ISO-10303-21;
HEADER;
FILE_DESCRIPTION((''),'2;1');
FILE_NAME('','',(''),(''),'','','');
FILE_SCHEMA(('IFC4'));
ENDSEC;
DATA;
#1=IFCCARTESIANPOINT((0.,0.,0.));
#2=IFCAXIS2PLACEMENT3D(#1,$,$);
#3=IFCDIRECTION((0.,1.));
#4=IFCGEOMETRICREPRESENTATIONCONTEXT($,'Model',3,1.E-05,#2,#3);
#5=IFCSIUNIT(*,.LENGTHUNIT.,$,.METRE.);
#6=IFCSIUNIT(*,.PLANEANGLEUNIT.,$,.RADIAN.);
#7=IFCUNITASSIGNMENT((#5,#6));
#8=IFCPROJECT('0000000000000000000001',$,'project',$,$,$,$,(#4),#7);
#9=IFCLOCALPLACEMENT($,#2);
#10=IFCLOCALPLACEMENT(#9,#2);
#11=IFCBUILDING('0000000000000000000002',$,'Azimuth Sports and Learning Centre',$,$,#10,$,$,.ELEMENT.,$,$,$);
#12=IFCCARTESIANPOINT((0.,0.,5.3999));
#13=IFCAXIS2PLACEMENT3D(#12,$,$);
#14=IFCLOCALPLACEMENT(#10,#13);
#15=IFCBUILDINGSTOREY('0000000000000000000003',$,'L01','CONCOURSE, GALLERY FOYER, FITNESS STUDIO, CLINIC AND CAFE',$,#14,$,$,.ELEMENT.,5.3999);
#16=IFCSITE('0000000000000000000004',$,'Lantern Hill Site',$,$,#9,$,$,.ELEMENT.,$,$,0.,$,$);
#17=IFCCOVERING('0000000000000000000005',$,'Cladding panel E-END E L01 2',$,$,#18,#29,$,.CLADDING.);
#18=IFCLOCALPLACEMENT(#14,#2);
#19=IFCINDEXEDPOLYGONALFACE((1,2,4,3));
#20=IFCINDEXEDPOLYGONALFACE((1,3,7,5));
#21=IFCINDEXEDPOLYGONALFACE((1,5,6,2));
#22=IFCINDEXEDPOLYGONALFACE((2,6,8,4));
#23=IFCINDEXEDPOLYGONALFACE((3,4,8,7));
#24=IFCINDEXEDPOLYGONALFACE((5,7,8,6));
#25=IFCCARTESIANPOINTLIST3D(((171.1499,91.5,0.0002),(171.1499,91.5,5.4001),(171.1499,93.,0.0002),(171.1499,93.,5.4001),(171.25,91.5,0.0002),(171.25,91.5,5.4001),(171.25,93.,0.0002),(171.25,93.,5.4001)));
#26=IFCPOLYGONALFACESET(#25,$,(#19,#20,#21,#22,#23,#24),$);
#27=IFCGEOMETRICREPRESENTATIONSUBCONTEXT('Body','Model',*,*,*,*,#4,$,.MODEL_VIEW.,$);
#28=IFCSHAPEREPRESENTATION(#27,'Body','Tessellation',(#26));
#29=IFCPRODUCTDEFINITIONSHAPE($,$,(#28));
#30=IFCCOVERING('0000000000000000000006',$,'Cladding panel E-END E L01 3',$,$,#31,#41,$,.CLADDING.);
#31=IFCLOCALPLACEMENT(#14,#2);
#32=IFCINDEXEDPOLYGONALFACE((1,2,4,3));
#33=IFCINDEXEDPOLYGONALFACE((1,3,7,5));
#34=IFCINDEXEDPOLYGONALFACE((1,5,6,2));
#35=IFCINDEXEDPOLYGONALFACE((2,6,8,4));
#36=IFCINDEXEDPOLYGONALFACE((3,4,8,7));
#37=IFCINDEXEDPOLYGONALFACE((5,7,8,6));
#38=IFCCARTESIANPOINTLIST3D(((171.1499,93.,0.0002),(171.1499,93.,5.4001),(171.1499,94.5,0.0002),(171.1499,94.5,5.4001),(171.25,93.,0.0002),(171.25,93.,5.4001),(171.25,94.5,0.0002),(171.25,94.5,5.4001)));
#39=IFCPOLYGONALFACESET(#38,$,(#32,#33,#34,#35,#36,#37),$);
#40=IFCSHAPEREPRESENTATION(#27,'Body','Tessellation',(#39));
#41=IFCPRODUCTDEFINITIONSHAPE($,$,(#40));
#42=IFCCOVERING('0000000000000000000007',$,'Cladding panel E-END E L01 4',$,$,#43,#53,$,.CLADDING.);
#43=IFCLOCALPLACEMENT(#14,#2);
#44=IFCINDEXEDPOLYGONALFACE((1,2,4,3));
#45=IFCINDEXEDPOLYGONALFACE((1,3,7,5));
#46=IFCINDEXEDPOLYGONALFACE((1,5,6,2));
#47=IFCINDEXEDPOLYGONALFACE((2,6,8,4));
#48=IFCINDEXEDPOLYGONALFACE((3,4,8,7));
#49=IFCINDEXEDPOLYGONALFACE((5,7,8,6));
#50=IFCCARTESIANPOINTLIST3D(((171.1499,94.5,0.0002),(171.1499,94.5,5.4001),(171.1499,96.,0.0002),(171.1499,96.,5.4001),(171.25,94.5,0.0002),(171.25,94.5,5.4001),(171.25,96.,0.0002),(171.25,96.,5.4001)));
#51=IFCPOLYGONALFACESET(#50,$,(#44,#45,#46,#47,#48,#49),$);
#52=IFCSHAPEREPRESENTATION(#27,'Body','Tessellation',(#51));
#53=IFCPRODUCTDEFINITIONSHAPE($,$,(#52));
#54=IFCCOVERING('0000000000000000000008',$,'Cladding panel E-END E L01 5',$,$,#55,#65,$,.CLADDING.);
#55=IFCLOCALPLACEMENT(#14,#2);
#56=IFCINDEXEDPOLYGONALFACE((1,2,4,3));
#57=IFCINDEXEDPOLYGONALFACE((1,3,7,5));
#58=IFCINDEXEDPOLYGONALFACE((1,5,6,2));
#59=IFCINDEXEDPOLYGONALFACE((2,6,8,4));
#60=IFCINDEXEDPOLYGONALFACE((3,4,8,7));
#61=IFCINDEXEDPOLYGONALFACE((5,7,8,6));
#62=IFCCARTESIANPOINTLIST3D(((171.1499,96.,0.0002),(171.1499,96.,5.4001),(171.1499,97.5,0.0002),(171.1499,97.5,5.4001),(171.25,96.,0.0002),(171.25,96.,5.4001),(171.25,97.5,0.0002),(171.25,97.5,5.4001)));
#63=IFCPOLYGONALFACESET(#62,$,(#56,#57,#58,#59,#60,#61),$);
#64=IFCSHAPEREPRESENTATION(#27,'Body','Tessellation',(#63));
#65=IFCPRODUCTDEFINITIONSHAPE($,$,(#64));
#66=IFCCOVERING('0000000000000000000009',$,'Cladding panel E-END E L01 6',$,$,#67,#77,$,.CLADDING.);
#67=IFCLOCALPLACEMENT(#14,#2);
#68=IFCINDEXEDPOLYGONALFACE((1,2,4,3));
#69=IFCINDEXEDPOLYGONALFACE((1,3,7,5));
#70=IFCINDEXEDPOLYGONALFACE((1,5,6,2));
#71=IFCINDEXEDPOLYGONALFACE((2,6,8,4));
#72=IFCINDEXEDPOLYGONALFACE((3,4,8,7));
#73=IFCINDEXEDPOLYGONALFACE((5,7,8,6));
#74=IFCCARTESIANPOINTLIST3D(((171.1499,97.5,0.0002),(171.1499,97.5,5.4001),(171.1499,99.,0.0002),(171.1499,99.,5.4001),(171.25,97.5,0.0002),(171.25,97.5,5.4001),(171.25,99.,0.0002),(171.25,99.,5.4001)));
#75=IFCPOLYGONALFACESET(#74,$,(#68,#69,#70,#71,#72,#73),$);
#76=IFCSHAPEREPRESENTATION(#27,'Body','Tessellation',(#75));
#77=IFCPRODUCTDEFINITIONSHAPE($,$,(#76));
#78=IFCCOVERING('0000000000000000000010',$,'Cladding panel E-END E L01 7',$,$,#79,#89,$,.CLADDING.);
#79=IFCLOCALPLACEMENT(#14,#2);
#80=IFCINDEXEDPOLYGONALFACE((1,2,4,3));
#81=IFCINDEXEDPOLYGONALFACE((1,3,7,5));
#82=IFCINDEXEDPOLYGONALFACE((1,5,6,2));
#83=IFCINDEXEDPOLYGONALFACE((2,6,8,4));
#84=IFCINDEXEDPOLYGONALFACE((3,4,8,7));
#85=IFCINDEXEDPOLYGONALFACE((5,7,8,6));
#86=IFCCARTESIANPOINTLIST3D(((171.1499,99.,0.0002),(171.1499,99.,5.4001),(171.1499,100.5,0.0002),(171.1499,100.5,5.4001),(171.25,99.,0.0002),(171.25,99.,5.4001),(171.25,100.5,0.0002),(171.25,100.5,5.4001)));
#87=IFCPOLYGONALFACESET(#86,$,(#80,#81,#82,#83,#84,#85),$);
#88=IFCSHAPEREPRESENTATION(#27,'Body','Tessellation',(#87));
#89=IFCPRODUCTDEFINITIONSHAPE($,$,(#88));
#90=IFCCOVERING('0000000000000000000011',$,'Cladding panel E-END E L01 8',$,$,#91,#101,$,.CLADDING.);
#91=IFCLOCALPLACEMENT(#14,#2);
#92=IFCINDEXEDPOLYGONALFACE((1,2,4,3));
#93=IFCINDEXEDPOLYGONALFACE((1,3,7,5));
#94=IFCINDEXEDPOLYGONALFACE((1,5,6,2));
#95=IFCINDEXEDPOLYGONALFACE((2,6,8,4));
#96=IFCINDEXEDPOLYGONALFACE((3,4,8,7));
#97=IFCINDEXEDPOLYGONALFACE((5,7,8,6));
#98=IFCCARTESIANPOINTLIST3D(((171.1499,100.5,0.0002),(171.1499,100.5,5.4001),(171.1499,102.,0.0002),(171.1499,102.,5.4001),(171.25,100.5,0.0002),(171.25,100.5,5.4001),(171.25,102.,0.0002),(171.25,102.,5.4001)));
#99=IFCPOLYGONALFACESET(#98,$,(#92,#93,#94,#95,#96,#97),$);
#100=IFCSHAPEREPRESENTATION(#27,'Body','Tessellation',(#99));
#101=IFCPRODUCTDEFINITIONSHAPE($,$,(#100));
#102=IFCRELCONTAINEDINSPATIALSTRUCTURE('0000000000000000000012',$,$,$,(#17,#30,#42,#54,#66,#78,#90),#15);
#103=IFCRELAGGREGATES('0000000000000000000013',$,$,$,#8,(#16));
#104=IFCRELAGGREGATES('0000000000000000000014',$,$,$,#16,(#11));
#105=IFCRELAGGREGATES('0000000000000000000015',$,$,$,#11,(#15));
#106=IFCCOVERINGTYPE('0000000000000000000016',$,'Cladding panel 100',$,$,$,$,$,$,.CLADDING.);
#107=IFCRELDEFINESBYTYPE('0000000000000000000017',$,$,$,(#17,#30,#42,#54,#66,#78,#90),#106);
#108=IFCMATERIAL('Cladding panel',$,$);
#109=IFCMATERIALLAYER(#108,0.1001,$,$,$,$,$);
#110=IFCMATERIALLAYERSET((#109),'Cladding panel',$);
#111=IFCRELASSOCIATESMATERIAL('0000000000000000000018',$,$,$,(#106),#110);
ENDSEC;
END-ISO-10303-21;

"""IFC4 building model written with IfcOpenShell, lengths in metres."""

from ifc_helpers import new_model, si_unit, direction, frame, origin, origin_2d, place, context, subcontext, project, spatial, rectangle, extrude, material, layer, layer_set, type_object, element, save


model = new_model("IFC4")

# Units and contexts
model_context = context("Model", 3, precision=1e-05, world=origin(), true_north=direction((0.0, 1.0)))
body_context = subcontext(model_context, "Body", "Model", "MODEL_VIEW")
ifc_project = project(units=[si_unit("LENGTHUNIT", "METRE"), si_unit("PLANEANGLEUNIT", "RADIAN")], contexts=[model_context])

# Site, building, storey
site_placement = place(None, origin())
site = spatial("IfcSite", under=ifc_project, at=site_placement, Name="Lantern Hill Site", CompositionType="ELEMENT", RefElevation=0.0)
building_placement = place(site_placement, origin())
building = spatial("IfcBuilding", under=site, at=building_placement, Name="Azimuth Sports and Learning Centre", CompositionType="ELEMENT")
storey_placement = place(building_placement, frame((0.0, 0.0, 5.3999)))
storey = spatial("IfcBuildingStorey", under=building, at=storey_placement, Name="L01", Description="CONCOURSE, GALLERY FOYER, FITNESS STUDIO, CLINIC AND CAFE", CompositionType="ELEMENT", Elevation=5.3999)

# Coverings
ifc_material_1 = material(Name="Cladding panel")
ifc_layer_1 = layer(ifc_material_1, 0.1001)
ifc_layer_set_1 = layer_set([ifc_layer_1], Name="Cladding panel")
covering_type = type_object("IfcCoveringType", Name="Cladding panel 100", PredefinedType="CLADDING", material=ifc_layer_set_1)
for number, where, z_axis, x_axis, name in (
    (1, (171.2, 92.25, 0.0002), (0.0, 0.0, 1.0), (0.0, 1.0, 0.0), "Cladding panel E-END E L01 2"),
    (2, (171.2, 93.75, 0.0002), (0.0, 0.0, 1.0), (0.0, 1.0, 0.0), "Cladding panel E-END E L01 3"),
    (3, (171.2, 95.25, 0.0002), (0.0, 0.0, 1.0), (0.0, 1.0, 0.0), "Cladding panel E-END E L01 4"),
    (4, (171.2, 96.75, 0.0002), (0.0, 0.0, 1.0), (0.0, 1.0, 0.0), "Cladding panel E-END E L01 5"),
    (5, (171.2, 98.25, 0.0002), (0.0, 0.0, 1.0), (0.0, 1.0, 0.0), "Cladding panel E-END E L01 6"),
    (6, (171.2, 99.75, 0.0002), (0.0, 0.0, 1.0), (0.0, 1.0, 0.0), "Cladding panel E-END E L01 7"),
    (7, (171.2, 101.25, 0.0002), (0.0, 0.0, 1.0), (0.0, 1.0, 0.0), "Cladding panel E-END E L01 8"),
):
    element("IfcCovering", number, at=place(storey_placement, frame(where, z_axis=z_axis, x_axis=x_axis)), inside=storey, type_object=covering_type, Name=name, PredefinedType="CLADDING", context=body_context, shape_type="SweptSolid", body=[
        extrude(rectangle(XDim=1.5, YDim=0.1001, at=origin_2d()), origin(), (0.0, 0.0, 1.0), 5.3999),
    ])

save(model, "model.ifc")
